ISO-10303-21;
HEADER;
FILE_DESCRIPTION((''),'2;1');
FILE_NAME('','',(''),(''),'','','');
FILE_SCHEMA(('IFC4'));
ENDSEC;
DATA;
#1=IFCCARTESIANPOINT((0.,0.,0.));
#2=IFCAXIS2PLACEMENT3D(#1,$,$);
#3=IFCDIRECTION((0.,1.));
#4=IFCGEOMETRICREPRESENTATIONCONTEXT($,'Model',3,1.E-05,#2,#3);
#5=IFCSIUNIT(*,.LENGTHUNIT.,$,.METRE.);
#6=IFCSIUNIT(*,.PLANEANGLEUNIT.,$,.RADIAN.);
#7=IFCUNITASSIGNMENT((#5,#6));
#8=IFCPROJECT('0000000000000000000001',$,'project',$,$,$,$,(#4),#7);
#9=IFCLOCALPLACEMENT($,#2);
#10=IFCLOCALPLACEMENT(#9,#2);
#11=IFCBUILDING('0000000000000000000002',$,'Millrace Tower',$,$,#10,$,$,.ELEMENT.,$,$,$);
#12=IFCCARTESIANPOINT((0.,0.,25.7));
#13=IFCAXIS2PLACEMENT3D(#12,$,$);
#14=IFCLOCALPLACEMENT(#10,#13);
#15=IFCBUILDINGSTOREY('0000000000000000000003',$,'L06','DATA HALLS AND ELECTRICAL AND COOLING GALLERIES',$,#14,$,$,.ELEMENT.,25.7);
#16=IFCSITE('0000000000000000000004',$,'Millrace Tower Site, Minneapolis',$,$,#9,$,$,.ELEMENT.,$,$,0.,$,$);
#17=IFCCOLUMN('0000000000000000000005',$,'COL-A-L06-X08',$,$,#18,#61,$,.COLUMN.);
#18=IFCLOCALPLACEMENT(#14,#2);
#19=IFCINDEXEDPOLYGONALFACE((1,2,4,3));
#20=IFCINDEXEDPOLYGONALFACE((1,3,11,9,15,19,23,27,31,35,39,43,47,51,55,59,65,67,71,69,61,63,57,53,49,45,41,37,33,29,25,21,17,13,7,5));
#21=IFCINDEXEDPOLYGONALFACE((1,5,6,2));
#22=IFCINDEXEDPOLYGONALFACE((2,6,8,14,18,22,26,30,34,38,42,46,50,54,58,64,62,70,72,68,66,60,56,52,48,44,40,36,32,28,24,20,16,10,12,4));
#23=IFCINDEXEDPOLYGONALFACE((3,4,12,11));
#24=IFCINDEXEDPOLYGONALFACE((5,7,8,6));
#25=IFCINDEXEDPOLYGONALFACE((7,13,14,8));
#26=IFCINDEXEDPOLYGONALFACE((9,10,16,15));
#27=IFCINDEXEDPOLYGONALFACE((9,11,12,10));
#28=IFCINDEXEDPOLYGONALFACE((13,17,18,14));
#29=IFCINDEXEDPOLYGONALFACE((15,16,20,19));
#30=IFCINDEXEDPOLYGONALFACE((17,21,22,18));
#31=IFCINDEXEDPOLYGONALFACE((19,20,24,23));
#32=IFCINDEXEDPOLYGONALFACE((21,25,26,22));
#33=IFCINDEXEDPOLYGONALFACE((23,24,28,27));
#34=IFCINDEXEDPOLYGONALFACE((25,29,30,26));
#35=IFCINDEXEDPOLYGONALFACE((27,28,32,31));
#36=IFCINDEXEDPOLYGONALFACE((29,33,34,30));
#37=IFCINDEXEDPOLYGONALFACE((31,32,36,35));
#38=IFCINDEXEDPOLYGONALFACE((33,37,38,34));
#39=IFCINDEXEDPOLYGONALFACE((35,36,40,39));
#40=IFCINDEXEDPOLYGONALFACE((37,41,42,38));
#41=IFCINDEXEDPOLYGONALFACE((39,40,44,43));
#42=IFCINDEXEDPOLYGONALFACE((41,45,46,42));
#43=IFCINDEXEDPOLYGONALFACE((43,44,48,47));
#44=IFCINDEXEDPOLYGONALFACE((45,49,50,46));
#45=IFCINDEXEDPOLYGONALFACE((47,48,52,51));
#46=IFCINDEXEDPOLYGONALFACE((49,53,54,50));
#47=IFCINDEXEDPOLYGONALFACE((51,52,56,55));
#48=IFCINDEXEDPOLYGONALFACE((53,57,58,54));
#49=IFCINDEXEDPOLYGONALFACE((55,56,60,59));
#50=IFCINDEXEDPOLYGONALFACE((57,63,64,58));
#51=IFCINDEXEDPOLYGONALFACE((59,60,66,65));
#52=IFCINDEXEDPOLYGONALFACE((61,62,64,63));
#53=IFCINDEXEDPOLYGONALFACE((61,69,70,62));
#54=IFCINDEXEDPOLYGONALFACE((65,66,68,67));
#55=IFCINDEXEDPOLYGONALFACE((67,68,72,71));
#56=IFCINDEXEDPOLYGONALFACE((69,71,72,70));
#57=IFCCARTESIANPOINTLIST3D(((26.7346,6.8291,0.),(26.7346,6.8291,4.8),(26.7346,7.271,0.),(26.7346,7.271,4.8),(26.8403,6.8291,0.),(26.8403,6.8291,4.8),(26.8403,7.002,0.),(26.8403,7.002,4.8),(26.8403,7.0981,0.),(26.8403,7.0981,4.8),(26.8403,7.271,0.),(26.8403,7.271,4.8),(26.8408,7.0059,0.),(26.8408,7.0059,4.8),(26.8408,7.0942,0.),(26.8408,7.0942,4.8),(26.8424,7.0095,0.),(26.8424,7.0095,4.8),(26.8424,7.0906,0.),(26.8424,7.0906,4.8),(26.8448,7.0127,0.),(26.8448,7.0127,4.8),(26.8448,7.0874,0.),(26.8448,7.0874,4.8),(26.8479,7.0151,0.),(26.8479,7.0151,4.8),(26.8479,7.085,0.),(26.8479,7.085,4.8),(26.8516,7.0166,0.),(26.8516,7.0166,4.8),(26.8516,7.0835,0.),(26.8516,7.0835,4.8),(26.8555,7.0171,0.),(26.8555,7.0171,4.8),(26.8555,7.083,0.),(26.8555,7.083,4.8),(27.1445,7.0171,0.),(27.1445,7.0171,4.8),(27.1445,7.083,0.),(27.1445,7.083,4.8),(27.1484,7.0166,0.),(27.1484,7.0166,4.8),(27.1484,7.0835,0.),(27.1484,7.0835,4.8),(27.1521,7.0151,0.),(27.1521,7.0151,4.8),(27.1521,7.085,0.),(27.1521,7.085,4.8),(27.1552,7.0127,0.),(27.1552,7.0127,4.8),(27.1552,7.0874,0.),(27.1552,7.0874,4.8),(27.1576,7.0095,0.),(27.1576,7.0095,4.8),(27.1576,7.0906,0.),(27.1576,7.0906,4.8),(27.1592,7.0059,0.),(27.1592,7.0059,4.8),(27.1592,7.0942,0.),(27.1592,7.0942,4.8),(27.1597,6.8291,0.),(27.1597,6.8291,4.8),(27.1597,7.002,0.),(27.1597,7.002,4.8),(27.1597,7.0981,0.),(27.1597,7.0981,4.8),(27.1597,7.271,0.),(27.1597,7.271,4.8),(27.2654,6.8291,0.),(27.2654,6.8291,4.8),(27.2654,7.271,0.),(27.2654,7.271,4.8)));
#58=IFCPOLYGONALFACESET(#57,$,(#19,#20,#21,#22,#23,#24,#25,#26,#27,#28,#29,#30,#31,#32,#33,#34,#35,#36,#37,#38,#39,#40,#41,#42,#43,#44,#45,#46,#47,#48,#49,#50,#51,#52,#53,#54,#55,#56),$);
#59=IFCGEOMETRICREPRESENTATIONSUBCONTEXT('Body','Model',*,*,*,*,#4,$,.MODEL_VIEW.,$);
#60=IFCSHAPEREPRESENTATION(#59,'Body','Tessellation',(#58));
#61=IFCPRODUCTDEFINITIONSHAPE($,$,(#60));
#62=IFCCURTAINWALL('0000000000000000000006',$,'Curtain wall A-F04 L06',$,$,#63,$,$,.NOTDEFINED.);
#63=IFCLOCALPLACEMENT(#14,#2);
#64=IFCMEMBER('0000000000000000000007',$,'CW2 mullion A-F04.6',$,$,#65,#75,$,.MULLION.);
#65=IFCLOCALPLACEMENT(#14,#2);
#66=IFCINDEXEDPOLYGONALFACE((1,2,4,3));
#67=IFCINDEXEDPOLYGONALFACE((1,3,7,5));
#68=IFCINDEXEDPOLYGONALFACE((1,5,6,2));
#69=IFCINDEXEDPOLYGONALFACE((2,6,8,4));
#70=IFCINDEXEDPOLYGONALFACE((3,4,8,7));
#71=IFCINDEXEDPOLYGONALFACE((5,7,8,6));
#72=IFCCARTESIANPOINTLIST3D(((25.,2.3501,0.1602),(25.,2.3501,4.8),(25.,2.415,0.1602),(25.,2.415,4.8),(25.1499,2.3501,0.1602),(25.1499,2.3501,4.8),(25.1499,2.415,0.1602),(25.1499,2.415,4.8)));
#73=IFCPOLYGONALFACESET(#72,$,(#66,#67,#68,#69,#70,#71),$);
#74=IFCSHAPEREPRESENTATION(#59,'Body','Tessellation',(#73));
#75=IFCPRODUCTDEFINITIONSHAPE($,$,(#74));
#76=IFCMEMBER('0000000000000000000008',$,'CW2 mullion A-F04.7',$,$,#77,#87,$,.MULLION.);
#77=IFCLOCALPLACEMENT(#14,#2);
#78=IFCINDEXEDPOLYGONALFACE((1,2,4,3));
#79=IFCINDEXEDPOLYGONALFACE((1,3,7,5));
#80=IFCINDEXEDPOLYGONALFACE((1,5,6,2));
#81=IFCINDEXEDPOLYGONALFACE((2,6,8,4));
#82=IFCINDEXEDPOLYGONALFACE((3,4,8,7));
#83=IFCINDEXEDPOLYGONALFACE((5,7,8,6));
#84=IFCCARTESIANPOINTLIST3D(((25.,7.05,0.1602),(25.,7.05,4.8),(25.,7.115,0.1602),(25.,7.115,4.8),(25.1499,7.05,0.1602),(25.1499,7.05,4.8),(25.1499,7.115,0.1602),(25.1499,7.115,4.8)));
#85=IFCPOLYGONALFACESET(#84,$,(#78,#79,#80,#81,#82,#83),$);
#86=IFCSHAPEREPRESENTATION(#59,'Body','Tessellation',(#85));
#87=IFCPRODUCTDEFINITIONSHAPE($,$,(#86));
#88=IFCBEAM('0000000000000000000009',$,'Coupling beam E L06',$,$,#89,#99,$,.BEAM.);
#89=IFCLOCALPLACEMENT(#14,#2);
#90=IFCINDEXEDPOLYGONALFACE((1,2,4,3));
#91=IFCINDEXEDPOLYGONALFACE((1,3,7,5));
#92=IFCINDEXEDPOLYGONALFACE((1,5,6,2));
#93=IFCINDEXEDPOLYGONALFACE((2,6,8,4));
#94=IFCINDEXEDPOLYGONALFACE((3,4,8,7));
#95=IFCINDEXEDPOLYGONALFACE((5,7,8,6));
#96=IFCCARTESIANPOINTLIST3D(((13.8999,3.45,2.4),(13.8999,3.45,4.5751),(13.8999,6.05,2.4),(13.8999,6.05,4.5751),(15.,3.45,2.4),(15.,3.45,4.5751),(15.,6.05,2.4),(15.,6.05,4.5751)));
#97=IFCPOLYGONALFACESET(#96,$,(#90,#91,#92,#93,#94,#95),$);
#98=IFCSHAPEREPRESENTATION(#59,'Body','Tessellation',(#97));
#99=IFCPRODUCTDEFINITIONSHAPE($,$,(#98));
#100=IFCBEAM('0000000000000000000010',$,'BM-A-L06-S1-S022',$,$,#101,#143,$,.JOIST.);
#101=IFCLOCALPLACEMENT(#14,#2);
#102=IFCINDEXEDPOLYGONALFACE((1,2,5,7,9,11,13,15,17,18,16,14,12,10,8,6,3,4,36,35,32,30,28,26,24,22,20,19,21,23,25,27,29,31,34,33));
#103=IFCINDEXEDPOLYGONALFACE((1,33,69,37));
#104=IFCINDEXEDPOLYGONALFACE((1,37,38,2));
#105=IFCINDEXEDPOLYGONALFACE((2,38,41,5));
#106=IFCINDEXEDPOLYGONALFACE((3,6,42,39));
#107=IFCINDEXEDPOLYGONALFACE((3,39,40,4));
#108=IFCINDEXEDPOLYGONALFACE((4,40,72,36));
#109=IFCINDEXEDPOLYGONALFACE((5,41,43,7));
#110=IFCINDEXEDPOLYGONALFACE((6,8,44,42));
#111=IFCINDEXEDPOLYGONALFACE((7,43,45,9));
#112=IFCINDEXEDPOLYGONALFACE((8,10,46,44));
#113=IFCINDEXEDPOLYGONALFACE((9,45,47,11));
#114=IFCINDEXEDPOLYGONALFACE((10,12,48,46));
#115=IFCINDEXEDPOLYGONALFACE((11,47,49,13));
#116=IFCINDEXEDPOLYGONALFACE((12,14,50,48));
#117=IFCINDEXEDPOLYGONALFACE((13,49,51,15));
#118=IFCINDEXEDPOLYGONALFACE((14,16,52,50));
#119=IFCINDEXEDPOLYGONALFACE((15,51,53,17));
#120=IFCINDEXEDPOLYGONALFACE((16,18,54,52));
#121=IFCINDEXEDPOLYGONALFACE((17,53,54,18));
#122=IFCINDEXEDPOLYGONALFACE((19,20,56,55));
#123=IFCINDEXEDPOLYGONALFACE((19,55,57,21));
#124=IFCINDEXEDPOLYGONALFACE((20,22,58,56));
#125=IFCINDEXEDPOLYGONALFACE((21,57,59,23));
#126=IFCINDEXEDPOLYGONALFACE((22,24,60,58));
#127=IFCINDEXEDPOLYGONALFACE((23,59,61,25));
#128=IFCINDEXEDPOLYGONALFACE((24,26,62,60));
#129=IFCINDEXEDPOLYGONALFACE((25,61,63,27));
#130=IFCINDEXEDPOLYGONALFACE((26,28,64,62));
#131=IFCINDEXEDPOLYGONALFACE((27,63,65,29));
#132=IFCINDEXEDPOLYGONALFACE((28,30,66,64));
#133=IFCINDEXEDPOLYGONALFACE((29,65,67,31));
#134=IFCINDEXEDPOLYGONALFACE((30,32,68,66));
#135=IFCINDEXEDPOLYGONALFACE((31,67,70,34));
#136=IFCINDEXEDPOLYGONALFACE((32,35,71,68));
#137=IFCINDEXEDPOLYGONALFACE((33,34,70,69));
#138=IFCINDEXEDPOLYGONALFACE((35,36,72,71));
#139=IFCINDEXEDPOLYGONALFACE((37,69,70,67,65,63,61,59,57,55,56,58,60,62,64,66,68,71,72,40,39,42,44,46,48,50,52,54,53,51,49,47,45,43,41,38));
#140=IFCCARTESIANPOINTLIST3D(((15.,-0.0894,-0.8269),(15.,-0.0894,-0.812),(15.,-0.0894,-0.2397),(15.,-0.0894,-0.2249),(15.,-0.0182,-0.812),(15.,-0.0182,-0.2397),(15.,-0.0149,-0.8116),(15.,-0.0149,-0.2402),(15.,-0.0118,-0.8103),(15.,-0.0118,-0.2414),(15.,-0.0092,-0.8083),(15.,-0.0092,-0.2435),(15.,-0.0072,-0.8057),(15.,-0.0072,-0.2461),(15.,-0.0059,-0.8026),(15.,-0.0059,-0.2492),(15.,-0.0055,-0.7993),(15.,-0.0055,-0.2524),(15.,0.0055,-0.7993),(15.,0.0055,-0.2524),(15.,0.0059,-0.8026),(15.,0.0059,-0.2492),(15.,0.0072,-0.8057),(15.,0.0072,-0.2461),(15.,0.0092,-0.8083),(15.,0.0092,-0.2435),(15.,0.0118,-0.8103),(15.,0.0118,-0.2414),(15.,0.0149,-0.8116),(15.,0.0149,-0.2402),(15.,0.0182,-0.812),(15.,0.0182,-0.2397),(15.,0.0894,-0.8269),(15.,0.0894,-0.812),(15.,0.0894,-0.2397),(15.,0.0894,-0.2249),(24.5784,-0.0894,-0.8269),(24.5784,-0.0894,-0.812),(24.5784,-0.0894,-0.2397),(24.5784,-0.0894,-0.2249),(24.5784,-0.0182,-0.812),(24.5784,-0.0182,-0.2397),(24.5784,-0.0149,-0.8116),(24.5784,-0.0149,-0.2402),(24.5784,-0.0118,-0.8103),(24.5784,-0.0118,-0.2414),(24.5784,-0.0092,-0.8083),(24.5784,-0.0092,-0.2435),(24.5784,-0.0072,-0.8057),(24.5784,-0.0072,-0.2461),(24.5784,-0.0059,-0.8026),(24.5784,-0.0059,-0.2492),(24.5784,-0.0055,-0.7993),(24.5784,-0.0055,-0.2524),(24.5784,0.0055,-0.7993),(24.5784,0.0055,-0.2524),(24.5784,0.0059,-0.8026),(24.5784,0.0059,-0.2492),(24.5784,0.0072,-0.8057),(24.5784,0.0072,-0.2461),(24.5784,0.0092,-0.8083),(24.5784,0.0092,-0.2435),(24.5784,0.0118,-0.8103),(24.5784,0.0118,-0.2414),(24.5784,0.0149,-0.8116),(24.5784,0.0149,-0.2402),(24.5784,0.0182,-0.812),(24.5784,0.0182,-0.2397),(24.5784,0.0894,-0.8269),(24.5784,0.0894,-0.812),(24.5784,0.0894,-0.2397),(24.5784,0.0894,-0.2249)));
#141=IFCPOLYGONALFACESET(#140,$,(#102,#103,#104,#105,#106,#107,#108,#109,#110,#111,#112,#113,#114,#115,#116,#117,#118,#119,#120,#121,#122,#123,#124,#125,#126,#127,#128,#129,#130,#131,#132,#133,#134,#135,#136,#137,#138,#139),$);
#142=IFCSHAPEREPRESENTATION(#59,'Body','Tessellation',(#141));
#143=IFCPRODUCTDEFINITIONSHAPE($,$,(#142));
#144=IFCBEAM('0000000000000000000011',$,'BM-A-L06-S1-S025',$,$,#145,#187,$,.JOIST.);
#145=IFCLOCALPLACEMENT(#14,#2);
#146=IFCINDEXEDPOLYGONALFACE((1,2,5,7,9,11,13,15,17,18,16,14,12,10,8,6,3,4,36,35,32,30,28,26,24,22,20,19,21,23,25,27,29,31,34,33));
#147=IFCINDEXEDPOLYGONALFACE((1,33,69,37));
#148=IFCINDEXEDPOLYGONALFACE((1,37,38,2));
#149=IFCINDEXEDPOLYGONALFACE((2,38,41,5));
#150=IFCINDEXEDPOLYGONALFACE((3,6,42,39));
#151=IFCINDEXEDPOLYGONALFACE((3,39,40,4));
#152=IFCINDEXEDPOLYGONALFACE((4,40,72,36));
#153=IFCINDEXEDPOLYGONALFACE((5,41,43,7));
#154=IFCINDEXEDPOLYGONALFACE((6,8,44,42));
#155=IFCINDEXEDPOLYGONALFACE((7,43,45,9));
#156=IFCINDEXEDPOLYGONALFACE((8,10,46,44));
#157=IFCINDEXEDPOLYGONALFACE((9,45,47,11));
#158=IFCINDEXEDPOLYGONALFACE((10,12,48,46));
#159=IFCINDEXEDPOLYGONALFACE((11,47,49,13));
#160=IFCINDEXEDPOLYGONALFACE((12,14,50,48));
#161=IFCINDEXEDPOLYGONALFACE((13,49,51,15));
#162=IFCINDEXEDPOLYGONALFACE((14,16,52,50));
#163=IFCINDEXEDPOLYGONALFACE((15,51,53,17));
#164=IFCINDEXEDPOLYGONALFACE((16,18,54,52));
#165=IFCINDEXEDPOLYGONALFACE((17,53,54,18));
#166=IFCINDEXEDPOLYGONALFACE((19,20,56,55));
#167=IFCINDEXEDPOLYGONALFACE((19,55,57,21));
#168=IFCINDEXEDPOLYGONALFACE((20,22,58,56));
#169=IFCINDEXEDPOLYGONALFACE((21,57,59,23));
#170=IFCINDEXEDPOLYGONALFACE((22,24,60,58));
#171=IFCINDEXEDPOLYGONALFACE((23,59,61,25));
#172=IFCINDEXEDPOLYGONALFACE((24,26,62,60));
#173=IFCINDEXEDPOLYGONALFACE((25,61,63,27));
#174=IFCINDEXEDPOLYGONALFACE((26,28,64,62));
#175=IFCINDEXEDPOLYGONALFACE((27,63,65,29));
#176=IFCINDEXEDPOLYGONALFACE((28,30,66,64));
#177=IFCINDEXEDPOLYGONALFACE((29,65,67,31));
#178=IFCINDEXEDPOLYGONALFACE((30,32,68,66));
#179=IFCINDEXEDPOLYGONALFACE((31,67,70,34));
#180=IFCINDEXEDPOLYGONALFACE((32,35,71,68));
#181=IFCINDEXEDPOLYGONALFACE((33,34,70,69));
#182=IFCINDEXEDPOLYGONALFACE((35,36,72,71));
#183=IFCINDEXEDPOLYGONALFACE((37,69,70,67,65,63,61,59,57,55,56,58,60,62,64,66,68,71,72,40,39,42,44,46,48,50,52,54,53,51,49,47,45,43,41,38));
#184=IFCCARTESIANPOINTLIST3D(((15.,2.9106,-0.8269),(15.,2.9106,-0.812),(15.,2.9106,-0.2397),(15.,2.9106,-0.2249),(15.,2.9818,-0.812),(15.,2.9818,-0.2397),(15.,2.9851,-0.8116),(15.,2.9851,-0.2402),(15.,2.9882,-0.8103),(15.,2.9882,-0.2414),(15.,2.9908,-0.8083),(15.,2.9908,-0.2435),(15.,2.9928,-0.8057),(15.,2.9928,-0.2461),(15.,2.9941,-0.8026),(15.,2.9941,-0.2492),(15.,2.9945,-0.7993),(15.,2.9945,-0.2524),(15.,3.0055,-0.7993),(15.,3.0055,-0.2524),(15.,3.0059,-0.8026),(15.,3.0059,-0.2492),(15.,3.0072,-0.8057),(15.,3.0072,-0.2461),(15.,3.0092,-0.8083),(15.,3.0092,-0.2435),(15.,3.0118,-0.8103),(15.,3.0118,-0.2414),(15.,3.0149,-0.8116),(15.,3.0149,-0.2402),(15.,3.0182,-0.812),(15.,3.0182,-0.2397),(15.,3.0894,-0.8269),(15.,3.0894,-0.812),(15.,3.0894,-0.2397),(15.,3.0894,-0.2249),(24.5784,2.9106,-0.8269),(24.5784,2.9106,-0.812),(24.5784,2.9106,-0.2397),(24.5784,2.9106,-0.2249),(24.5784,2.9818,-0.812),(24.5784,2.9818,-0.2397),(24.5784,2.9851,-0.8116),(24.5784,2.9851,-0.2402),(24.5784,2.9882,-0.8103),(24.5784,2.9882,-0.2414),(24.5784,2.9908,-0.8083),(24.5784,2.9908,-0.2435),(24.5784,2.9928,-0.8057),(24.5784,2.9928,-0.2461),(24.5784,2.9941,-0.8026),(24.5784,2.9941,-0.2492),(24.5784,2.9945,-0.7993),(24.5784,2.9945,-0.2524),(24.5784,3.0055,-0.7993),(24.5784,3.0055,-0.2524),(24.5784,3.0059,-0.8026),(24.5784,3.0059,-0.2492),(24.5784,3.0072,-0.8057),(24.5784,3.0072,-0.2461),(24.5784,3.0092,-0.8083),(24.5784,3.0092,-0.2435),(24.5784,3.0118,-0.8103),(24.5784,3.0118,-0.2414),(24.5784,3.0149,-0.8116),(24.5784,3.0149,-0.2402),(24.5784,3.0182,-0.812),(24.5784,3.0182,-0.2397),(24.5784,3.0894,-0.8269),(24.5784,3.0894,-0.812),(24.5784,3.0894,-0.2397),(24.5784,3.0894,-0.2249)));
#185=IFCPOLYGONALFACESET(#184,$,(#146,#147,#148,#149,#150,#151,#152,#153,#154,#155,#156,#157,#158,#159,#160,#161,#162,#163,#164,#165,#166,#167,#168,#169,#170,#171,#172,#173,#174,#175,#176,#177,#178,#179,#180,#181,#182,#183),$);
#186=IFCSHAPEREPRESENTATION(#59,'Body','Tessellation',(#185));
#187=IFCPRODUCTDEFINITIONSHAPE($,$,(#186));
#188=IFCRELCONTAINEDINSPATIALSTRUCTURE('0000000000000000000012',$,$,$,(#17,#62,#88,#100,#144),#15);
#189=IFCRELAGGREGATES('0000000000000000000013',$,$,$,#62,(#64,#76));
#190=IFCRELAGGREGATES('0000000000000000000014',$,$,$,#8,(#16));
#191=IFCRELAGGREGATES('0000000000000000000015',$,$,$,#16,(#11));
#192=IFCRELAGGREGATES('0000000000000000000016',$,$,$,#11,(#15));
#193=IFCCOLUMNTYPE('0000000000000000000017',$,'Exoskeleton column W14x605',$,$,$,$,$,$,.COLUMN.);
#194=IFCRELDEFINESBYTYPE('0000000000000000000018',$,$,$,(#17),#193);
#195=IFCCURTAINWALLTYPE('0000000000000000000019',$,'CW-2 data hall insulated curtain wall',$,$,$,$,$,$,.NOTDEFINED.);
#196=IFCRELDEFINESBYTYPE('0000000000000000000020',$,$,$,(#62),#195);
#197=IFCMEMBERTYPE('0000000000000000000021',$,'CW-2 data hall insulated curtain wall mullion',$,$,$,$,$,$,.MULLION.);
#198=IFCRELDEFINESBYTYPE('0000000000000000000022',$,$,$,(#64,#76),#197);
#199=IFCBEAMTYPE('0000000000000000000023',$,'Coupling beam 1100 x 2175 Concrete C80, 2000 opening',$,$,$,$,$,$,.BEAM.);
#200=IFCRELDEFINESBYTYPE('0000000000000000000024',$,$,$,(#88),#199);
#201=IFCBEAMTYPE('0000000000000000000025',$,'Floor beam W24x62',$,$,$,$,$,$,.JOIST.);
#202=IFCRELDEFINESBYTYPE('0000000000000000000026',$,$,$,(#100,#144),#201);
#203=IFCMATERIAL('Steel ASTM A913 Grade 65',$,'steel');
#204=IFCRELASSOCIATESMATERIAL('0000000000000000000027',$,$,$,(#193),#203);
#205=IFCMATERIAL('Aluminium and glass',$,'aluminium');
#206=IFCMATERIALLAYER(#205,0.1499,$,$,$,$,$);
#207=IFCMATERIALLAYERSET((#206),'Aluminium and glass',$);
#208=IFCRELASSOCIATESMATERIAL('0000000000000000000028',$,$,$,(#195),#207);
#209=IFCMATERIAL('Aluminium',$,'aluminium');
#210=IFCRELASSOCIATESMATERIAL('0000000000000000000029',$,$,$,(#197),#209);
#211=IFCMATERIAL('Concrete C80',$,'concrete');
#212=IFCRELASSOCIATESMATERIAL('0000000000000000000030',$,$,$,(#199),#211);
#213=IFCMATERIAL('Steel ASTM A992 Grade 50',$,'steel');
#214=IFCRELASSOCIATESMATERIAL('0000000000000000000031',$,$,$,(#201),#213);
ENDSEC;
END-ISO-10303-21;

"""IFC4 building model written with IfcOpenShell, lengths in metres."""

from ifc_helpers import new_model, si_unit, direction, frame, origin, origin_2d, place, context, subcontext, project, spatial, rectangle, i_section, extrude, material, layer, layer_set, material_profile, profile_set, type_object, element, aggregate, save


model = new_model("IFC4")

# Units and contexts
model_context = context("Model", 3, precision=1e-05, world=origin(), true_north=direction((0.0, 1.0)))
body_context = subcontext(model_context, "Body", "Model", "MODEL_VIEW")
ifc_project = project(units=[si_unit("LENGTHUNIT", "METRE"), si_unit("PLANEANGLEUNIT", "RADIAN")], contexts=[model_context])

# Site, building, storey
site_placement = place(None, origin())
site = spatial("IfcSite", under=ifc_project, at=site_placement, Name="Millrace Tower Site, Minneapolis", CompositionType="ELEMENT", RefElevation=0.0)
building_placement = place(site_placement, origin())
building = spatial("IfcBuilding", under=site, at=building_placement, Name="Millrace Tower", CompositionType="ELEMENT")
storey_placement = place(building_placement, frame((0.0, 0.0, 25.7)))
storey = spatial("IfcBuildingStorey", under=building, at=storey_placement, Name="L06", Description="DATA HALLS AND ELECTRICAL AND COOLING GALLERIES", CompositionType="ELEMENT", Elevation=25.7)

# Column
ifc_material_1 = material(Name="Steel ASTM A913 Grade 65", Category="steel")
ifc_material_profile_1 = material_profile(ifc_material_1, i_section(OverallWidth=0.4419, OverallDepth=0.5308, WebThickness=0.0659, FlangeThickness=0.1057, FilletRadius=0.0151, at=origin_2d()))
ifc_profile_set_1 = profile_set([ifc_material_profile_1], Name="Steel ASTM A913 Grade 65")
column_type = type_object("IfcColumnType", Name="Exoskeleton column W14x605", PredefinedType="COLUMN", material=ifc_profile_set_1)
column_placement = place(storey_placement, frame((27.0, 7.05, 0.0), z_axis=(0.0, 0.0, 1.0), x_axis=(0.0, 1.0, 0.0)))
element("IfcColumn", 1, at=column_placement, inside=storey, type_object=column_type, Name="COL-A-L06-X08", PredefinedType="COLUMN", context=body_context, shape_type="SweptSolid", body=[
    extrude(i_section(OverallWidth=0.4419, OverallDepth=0.5308, WebThickness=0.0659, FlangeThickness=0.1057, FilletRadius=0.0151, at=origin_2d()), origin(), (0.0, 0.0, 1.0), 4.8),
])

# Curtain wall, members
ifc_material_2 = material(Name="Aluminium and glass", Category="aluminium")
ifc_layer_1 = layer(ifc_material_2, 0.1499)
ifc_layer_set_1 = layer_set([ifc_layer_1], Name="Aluminium and glass")
curtain_wall_type = type_object("IfcCurtainWallType", Name="CW-2 data hall insulated curtain wall", PredefinedType="NOTDEFINED", material=ifc_layer_set_1)
curtain_wall_placement = place(storey_placement, origin())
curtain_wall = element("IfcCurtainWall", 2, at=curtain_wall_placement, inside=storey, type_object=curtain_wall_type, Name="Curtain wall A-F04 L06", PredefinedType="NOTDEFINED")
ifc_material_3 = material(Name="Aluminium", Category="aluminium")
ifc_material_profile_2 = material_profile(ifc_material_3, rectangle(XDim=0.0649, YDim=0.1499, at=origin_2d()))
ifc_profile_set_2 = profile_set([ifc_material_profile_2], Name="Aluminium")
member_type = type_object("IfcMemberType", Name="CW-2 data hall insulated curtain wall mullion", PredefinedType="MULLION", material=ifc_profile_set_2)
member_1_placement = place(storey_placement, frame((25.075, 2.3826, 0.1602), z_axis=(0.0, 0.0, 1.0), x_axis=(0.0, 1.0, 0.0)))
member_1 = element("IfcMember", 3, at=member_1_placement, type_object=member_type, Name="CW2 mullion A-F04.6", PredefinedType="MULLION", context=body_context, shape_type="SweptSolid", body=[
    extrude(rectangle(XDim=0.0649, YDim=0.1499, at=origin_2d()), origin(), (0.0, 0.0, 1.0), 4.6399),
])
member_2_placement = place(storey_placement, frame((25.075, 7.0825, 0.1602), z_axis=(0.0, 0.0, 1.0), x_axis=(0.0, 1.0, 0.0)))
member_2 = element("IfcMember", 4, at=member_2_placement, type_object=member_type, Name="CW2 mullion A-F04.7", PredefinedType="MULLION", context=body_context, shape_type="SweptSolid", body=[
    extrude(rectangle(XDim=0.0649, YDim=0.1499, at=origin_2d()), origin(), (0.0, 0.0, 1.0), 4.6399),
])
aggregate(curtain_wall, [member_1, member_2])

# Beams
ifc_material_4 = material(Name="Concrete C80", Category="concrete")
ifc_material_profile_3 = material_profile(ifc_material_4, rectangle(XDim=1.1001, YDim=2.175, at=origin_2d()))
ifc_profile_set_3 = profile_set([ifc_material_profile_3], Name="Concrete C80")
beam_type_1 = type_object("IfcBeamType", Name="Coupling beam 1100 x 2175 Concrete C80, 2000 opening", PredefinedType="BEAM", material=ifc_profile_set_3)
beam_1_placement = place(storey_placement, frame((14.45, 6.05, 3.4875), z_axis=(0.0, -1.0, 0.0), x_axis=(1.0, 0.0, 0.0)))
element("IfcBeam", 5, at=beam_1_placement, inside=storey, type_object=beam_type_1, Name="Coupling beam E L06", PredefinedType="BEAM", context=body_context, shape_type="SweptSolid", body=[
    extrude(rectangle(XDim=1.1001, YDim=2.175, at=origin_2d()), origin(), (0.0, 0.0, 1.0), 2.6001),
])
ifc_material_5 = material(Name="Steel ASTM A992 Grade 50", Category="steel")
ifc_material_profile_4 = material_profile(ifc_material_5, i_section(OverallWidth=0.1787, OverallDepth=0.6021, WebThickness=0.011, FlangeThickness=0.0149, FilletRadius=0.0127, at=origin_2d()))
ifc_profile_set_4 = profile_set([ifc_material_profile_4], Name="Steel ASTM A992 Grade 50")
beam_type_2 = type_object("IfcBeamType", Name="Floor beam W24x62", PredefinedType="JOIST", material=ifc_profile_set_4)
for number, where, z_axis, x_axis, name in (
    (6, (15.0, 0.0, -0.5259), (1.0, 0.0, 0.0), (0.0, 1.0, 0.0), "BM-A-L06-S1-S022"),
    (7, (15.0, 3.0, -0.5259), (1.0, 0.0, 0.0), (0.0, 1.0, 0.0), "BM-A-L06-S1-S025"),
):
    element("IfcBeam", number, at=place(storey_placement, frame(where, z_axis=z_axis, x_axis=x_axis)), inside=storey, type_object=beam_type_2, Name=name, PredefinedType="JOIST", context=body_context, shape_type="SweptSolid", body=[
        extrude(i_section(OverallWidth=0.1787, OverallDepth=0.6021, WebThickness=0.011, FlangeThickness=0.0149, FilletRadius=0.0127, at=origin_2d()), origin(), (0.0, 0.0, 1.0), 9.5784),
    ])

save(model, "model.ifc")
